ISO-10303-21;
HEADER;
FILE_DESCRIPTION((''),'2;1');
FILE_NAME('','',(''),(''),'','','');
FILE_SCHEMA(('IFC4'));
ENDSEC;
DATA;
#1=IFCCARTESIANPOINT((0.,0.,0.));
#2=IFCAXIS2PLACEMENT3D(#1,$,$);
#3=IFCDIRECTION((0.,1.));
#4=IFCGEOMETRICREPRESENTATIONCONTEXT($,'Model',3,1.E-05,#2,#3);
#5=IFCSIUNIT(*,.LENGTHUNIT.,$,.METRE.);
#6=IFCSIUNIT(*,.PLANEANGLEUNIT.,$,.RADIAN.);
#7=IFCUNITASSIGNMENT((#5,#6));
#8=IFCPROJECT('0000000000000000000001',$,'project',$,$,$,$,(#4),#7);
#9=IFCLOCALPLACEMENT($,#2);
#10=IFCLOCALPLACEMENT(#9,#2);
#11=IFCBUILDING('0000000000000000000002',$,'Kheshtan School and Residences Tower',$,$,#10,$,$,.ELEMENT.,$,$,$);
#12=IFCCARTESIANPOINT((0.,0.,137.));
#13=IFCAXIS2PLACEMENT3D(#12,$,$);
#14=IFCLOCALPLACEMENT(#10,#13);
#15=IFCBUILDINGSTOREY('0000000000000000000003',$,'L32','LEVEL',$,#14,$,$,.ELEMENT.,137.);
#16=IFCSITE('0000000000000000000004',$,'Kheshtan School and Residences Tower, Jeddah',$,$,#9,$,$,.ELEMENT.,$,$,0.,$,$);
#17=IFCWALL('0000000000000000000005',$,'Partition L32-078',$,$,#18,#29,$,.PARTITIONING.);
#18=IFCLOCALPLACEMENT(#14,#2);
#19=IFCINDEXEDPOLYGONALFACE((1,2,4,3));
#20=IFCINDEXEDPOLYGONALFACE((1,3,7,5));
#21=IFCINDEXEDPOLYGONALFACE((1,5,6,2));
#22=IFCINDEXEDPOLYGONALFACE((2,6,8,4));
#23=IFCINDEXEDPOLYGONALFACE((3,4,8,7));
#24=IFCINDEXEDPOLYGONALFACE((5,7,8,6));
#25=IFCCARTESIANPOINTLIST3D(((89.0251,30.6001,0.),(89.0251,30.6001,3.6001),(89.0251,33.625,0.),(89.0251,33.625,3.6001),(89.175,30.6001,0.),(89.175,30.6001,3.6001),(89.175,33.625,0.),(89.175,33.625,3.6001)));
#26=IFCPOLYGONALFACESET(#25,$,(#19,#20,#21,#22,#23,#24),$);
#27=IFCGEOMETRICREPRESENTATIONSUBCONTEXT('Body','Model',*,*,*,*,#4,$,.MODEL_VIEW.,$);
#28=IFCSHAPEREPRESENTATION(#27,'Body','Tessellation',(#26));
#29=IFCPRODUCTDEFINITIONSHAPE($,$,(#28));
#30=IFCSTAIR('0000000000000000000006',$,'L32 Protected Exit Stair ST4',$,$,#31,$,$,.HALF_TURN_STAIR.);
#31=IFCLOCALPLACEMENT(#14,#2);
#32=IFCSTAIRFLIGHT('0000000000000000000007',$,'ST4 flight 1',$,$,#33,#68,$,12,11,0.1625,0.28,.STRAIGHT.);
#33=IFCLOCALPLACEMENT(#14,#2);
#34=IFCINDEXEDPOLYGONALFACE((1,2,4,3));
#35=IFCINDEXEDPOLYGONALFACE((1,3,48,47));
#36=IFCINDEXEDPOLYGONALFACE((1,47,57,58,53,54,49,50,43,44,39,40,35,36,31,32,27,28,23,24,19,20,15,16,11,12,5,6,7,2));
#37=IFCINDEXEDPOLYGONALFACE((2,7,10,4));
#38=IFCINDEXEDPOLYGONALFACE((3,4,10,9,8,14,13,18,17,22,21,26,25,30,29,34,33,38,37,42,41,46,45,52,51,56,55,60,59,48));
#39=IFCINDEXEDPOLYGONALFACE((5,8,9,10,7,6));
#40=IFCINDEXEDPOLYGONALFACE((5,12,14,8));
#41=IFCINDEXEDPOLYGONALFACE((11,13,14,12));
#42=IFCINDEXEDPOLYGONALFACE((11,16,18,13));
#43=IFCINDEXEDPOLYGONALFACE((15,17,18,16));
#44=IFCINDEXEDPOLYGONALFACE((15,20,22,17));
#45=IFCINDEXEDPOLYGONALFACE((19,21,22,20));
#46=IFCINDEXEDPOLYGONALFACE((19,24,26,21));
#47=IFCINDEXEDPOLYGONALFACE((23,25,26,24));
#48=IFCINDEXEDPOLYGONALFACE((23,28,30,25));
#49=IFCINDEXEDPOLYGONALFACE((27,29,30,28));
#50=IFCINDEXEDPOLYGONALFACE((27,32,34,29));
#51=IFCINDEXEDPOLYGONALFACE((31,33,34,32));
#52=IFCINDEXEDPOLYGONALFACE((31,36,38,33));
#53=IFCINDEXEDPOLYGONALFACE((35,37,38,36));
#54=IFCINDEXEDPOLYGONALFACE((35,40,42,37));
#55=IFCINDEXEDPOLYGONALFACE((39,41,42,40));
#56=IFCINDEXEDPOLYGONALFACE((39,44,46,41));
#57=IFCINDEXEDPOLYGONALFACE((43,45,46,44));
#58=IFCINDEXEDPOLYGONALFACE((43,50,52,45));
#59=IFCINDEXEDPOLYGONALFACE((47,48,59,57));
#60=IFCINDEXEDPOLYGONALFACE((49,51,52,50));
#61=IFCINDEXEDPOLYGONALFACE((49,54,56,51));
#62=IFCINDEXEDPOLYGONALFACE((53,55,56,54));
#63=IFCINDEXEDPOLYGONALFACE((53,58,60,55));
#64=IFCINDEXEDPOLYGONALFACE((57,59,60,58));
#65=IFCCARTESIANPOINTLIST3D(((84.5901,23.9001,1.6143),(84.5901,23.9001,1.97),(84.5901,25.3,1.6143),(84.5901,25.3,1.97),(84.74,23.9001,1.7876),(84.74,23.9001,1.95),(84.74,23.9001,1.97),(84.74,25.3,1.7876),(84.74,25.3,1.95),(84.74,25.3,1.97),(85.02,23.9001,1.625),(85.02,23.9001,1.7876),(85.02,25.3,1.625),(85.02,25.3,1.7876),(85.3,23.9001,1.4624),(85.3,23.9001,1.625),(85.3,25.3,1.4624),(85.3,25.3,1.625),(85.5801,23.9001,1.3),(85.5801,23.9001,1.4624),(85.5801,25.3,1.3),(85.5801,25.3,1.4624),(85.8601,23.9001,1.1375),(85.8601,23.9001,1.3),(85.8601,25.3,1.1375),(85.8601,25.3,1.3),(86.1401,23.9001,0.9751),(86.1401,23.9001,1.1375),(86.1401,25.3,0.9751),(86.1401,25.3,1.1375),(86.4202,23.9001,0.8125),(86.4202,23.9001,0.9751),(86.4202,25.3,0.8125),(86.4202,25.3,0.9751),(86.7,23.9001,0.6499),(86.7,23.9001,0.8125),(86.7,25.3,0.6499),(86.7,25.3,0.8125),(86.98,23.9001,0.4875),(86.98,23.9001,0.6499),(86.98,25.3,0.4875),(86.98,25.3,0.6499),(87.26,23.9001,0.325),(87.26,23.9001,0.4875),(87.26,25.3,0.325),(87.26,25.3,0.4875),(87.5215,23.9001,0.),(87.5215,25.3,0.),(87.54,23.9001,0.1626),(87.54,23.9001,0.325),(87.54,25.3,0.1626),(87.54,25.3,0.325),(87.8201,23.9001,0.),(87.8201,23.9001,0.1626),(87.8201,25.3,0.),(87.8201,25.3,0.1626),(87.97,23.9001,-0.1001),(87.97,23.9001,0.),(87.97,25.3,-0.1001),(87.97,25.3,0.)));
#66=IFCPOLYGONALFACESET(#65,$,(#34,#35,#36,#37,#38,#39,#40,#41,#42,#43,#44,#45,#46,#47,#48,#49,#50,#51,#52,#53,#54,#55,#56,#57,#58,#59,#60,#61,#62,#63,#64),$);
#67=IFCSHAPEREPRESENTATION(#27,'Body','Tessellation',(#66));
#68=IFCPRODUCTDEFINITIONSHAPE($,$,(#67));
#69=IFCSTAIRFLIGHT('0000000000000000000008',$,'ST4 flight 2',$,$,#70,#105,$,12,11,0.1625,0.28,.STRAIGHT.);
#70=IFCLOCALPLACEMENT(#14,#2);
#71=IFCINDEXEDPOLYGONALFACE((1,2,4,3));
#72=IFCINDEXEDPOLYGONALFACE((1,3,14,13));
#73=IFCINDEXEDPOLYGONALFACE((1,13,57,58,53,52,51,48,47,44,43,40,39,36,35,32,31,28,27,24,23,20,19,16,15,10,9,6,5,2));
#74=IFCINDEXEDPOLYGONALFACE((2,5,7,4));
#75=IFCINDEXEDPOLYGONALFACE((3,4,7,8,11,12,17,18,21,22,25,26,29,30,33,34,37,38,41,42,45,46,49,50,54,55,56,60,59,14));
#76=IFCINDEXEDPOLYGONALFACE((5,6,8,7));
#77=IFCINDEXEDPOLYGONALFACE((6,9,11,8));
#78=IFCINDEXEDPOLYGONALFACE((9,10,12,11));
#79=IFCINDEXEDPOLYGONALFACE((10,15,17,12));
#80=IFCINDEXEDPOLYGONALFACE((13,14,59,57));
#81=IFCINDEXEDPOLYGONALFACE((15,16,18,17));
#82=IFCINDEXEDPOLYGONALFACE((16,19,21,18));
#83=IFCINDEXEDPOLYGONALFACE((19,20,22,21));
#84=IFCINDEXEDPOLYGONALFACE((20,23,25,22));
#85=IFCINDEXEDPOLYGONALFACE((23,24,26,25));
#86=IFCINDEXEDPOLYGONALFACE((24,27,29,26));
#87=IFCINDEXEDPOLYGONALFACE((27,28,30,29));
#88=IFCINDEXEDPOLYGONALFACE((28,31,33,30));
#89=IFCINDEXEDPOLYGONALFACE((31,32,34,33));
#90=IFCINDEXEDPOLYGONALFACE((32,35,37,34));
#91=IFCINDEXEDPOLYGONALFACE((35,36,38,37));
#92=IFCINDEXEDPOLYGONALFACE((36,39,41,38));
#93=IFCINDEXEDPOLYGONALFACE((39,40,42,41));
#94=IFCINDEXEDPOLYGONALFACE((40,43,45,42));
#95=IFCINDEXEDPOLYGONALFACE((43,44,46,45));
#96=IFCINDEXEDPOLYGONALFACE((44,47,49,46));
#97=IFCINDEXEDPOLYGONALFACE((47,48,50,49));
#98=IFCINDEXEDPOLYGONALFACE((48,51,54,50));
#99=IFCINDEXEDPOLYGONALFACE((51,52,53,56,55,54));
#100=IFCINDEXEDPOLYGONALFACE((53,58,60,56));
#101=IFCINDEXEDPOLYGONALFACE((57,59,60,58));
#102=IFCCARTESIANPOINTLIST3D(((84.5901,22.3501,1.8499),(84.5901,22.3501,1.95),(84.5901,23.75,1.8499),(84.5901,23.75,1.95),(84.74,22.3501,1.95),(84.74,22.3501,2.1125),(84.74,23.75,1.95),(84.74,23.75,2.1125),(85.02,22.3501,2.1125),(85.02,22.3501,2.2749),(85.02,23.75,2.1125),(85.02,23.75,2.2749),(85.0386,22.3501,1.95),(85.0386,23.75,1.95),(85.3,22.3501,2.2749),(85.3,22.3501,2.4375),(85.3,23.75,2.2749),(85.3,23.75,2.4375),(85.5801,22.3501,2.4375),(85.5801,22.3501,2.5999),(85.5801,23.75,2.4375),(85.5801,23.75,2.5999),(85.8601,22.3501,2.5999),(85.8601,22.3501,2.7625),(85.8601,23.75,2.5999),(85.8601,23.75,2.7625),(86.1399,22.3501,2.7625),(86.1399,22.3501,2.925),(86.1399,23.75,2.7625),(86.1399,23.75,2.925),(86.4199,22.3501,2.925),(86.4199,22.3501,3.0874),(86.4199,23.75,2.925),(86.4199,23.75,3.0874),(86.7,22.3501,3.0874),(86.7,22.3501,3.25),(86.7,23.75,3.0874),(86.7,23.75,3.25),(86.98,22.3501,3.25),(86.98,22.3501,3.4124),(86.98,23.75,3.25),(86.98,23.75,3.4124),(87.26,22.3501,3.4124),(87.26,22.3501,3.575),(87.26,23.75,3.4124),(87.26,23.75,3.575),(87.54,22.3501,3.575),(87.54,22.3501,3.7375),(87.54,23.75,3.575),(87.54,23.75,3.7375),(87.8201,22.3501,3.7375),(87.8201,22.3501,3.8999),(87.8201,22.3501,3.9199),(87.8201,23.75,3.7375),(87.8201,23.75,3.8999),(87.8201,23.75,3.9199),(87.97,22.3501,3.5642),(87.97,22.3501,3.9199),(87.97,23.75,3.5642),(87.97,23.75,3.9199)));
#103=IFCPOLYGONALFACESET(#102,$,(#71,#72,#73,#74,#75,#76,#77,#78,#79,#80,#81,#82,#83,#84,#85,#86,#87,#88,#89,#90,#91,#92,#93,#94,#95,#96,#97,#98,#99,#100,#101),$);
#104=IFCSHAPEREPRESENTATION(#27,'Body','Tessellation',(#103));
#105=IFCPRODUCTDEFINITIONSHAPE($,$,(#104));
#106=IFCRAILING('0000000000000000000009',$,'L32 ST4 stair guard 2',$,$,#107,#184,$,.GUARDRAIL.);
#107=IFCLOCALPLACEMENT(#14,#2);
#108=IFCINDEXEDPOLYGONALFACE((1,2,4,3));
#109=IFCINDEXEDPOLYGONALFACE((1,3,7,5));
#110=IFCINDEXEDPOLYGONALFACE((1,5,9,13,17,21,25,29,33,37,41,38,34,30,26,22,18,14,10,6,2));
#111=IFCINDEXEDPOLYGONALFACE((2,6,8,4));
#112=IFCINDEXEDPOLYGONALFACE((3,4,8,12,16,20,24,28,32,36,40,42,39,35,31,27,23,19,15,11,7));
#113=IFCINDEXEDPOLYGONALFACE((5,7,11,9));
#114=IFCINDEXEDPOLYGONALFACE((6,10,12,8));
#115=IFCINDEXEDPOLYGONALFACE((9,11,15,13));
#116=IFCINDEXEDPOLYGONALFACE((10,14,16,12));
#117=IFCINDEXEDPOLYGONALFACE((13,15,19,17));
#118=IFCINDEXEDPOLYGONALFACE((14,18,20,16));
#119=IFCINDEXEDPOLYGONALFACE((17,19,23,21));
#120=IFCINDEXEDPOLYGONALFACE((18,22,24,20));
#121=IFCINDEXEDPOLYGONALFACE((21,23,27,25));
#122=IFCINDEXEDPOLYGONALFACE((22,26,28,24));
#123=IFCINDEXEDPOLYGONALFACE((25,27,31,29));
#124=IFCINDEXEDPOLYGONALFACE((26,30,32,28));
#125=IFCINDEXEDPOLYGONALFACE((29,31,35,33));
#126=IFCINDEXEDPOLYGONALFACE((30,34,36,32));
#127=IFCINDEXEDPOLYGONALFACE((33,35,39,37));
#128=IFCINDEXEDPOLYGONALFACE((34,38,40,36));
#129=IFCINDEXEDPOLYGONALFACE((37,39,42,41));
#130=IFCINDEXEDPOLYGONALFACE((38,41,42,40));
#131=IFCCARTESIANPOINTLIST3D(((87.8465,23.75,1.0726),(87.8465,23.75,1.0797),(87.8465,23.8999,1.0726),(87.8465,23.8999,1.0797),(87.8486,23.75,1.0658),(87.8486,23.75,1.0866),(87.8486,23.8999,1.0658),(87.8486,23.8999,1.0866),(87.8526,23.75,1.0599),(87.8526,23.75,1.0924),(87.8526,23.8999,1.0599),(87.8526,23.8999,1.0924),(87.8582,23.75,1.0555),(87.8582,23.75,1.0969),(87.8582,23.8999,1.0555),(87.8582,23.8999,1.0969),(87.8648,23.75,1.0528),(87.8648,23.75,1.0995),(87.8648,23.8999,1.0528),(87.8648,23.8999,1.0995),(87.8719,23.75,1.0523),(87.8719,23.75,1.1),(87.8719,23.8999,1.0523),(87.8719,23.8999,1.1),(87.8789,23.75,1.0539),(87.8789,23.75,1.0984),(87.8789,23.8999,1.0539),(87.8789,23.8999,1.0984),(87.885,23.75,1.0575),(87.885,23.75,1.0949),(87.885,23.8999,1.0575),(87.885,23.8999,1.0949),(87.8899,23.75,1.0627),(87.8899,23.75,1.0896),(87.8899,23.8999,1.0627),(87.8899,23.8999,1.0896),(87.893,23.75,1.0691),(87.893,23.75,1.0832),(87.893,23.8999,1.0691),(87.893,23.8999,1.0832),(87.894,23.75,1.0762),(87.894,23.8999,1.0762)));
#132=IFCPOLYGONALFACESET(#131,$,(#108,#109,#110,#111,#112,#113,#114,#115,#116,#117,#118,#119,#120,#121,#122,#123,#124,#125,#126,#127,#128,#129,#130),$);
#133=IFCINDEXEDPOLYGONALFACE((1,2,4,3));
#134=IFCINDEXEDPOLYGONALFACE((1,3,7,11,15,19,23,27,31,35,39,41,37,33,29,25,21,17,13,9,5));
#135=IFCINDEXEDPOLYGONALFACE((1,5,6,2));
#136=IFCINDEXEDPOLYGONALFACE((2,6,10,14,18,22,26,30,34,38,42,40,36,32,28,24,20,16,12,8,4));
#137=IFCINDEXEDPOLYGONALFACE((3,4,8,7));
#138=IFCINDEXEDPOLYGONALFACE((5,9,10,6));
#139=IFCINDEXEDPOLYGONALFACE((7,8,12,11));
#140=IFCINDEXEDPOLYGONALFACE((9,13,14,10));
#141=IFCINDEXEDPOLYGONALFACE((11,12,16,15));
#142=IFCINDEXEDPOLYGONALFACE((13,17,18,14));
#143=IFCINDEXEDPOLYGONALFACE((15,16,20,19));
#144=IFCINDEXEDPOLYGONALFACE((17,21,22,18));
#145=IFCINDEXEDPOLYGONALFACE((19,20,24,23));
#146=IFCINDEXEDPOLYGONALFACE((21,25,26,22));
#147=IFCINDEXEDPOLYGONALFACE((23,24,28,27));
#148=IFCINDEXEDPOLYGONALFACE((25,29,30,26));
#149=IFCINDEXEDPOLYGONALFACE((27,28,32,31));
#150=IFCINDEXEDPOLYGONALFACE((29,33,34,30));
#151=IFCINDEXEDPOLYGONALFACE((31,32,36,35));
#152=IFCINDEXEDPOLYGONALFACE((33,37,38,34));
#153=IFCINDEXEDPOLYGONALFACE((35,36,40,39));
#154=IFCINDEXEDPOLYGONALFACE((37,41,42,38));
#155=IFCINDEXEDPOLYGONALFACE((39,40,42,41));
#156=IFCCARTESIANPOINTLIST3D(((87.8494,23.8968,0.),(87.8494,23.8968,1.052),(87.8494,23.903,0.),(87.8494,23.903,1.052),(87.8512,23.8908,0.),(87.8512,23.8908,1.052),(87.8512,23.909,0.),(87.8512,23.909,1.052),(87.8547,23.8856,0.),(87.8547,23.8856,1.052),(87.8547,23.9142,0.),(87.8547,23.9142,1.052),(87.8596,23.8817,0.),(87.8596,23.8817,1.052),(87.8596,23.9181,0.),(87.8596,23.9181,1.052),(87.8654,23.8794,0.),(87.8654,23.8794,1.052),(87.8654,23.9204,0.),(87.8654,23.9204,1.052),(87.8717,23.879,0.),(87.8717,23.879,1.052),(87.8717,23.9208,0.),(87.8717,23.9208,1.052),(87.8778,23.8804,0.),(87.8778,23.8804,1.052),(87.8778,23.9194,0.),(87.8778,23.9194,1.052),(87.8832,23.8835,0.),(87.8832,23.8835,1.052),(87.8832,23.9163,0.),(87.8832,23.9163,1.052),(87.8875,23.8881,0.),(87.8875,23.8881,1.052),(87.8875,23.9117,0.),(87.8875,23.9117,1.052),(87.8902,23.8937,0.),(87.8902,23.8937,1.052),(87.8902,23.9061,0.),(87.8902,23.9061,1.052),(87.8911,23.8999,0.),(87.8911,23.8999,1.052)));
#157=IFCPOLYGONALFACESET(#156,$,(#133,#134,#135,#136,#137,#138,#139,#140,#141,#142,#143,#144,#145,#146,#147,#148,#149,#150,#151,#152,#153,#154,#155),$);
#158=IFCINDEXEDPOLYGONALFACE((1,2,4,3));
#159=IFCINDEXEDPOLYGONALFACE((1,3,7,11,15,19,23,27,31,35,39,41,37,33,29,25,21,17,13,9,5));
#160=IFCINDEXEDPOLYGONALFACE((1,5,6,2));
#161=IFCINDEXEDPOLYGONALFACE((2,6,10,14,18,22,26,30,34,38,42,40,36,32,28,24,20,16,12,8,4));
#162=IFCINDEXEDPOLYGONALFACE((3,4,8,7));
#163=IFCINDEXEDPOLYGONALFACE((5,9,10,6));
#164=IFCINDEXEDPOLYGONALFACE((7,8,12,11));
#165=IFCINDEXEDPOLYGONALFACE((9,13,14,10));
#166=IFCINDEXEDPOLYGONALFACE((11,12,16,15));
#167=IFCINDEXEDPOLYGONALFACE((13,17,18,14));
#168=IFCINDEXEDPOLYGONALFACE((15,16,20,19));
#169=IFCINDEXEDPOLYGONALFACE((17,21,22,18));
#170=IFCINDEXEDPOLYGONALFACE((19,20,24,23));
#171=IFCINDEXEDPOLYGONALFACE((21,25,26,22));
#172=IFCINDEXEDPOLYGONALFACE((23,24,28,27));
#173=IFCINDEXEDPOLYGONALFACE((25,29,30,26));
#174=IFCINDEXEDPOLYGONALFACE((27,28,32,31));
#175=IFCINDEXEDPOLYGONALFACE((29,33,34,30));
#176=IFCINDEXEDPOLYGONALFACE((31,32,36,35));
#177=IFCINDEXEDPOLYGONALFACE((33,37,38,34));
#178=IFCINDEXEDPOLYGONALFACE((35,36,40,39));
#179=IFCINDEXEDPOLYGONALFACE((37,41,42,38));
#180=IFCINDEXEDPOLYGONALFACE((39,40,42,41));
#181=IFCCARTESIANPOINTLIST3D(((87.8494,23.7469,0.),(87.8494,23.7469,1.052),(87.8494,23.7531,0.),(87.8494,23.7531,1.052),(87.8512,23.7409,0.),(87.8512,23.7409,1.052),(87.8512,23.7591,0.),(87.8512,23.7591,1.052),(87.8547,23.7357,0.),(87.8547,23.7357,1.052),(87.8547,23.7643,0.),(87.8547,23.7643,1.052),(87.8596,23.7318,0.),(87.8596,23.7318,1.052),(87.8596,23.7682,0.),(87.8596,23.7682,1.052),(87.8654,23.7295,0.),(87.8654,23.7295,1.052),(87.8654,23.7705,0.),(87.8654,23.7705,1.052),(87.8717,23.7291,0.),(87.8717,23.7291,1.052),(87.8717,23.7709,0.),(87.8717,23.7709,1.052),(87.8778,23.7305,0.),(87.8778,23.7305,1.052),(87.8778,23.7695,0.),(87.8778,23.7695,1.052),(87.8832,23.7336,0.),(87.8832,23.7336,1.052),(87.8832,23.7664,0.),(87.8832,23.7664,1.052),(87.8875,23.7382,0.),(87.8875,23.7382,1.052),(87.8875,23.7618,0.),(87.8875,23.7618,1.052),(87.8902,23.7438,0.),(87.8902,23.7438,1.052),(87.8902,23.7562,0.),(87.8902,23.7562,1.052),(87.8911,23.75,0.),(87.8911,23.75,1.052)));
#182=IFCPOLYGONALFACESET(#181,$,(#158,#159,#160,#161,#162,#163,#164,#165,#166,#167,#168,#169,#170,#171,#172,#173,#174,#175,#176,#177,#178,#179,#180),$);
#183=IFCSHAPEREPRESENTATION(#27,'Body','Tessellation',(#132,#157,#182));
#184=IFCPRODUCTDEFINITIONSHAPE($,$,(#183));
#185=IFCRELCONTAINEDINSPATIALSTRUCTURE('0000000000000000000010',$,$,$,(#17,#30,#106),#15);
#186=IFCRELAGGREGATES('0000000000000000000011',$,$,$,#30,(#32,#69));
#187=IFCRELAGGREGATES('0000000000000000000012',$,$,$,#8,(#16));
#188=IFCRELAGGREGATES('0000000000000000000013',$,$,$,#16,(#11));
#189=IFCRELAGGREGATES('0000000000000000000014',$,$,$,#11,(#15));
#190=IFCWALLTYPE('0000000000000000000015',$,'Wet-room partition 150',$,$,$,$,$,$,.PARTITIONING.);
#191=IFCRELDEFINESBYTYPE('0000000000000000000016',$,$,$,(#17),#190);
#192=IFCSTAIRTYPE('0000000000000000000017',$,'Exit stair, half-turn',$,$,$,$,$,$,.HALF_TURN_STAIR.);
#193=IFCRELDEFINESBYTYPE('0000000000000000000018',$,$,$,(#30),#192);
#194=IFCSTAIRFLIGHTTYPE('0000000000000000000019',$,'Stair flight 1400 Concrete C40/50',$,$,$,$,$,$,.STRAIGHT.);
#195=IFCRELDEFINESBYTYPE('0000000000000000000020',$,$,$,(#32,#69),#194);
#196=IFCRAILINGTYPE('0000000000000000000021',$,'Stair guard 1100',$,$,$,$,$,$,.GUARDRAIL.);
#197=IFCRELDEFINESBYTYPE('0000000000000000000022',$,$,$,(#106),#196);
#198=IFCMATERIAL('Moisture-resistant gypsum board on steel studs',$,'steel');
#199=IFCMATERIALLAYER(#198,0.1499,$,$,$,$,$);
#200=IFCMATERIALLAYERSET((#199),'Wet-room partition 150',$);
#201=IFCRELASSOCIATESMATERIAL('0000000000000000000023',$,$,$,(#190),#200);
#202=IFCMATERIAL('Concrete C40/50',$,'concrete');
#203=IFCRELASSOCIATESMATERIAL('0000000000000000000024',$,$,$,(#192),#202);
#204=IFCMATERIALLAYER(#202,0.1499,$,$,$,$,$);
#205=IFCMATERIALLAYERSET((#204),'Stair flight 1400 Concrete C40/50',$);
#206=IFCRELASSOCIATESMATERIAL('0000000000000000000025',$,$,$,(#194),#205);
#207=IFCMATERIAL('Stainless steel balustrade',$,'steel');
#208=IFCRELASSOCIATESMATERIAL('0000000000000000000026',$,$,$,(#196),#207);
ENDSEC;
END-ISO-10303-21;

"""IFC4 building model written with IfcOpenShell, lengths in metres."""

from ifc_helpers import new_model, si_unit, direction, frame, frame_2d, origin, origin_2d, place, context, subcontext, project, spatial, polyline, rectangle, circle, outline, extrude, material, layer, layer_set, type_object, element, aggregate, save


model = new_model("IFC4")

# Units and contexts
model_context = context("Model", 3, precision=1e-05, world=origin(), true_north=direction((0.0, 1.0)))
body_context = subcontext(model_context, "Body", "Model", "MODEL_VIEW")
ifc_project = project(units=[si_unit("LENGTHUNIT", "METRE"), si_unit("PLANEANGLEUNIT", "RADIAN")], contexts=[model_context])

# Site, building, storey
site_placement = place(None, origin())
site = spatial("IfcSite", under=ifc_project, at=site_placement, Name="Kheshtan School and Residences Tower, Jeddah", CompositionType="ELEMENT", RefElevation=0.0)
building_placement = place(site_placement, origin())
building = spatial("IfcBuilding", under=site, at=building_placement, Name="Kheshtan School and Residences Tower", CompositionType="ELEMENT")
storey_placement = place(building_placement, frame((0.0, 0.0, 137.0)))
storey = spatial("IfcBuildingStorey", under=building, at=storey_placement, Name="L32", Description="LEVEL", CompositionType="ELEMENT", Elevation=137.0)

# Shared definitions
ifc_material_1 = material(Name="Concrete C40/50", Category="concrete")

# Wall
ifc_material_2 = material(Name="Moisture-resistant gypsum board on steel studs", Category="steel")
ifc_layer_1 = layer(ifc_material_2, 0.1499)
ifc_layer_set_1 = layer_set([ifc_layer_1], Name="Wet-room partition 150")
wall_type_1 = type_object("IfcWallType", Name="Wet-room partition 150", PredefinedType="PARTITIONING", material=ifc_layer_set_1)
for number, where, z_axis, x_axis, name in (
    (1, (89.1001, 30.6001, 0.0), (0.0, 0.0, 1.0), (0.0, 1.0, 0.0), "Partition L32-078"),
):
    element("IfcWall", number, at=place(storey_placement, frame(where, z_axis=z_axis, x_axis=x_axis)), inside=storey, type_object=wall_type_1, Name=name, PredefinedType="PARTITIONING", context=body_context, shape_type="SweptSolid", body=[
        extrude(rectangle(XDim=3.0249, YDim=0.1499, at=frame_2d((1.5125, 0.0))), origin(), (0.0, 0.0, 1.0), 3.6001),
    ])

# Stair, stair flights
stair_type = type_object("IfcStairType", Name="Exit stair, half-turn", PredefinedType="HALF_TURN_STAIR", material=ifc_material_1)
stair_placement = place(storey_placement, origin())
stair = element("IfcStair", 2, at=stair_placement, inside=storey, type_object=stair_type, Name="L32 Protected Exit Stair ST4", PredefinedType="HALF_TURN_STAIR")
ifc_layer_2 = layer(ifc_material_1, 0.1499)
ifc_layer_set_2 = layer_set([ifc_layer_2], Name="Stair flight 1400 Concrete C40/50")
stair_flight_type = type_object("IfcStairFlightType", Name="Stair flight 1400 Concrete C40/50", PredefinedType="STRAIGHT", material=ifc_layer_set_2)
stair_flight_1_placement = place(storey_placement, frame((87.8201, 24.6001, 0.0), z_axis=(0.0, 0.0, 1.0), x_axis=(-1.0, 0.0, 0.0)))
stair_flight_1 = element("IfcStairFlight", 3, at=stair_flight_1_placement, type_object=stair_flight_type, Name="ST4 flight 1", NumberOfRisers=12, NumberOfTreads=11, PredefinedType="STRAIGHT", RiserHeight=0.1625, TreadLength=0.28, context=body_context, shape_type="SweptSolid", body=[
    extrude(outline(polyline([(-0.1499, -0.1001), (-0.1499, 0.0), (0.0, 0.0), (0.0, 0.1626), (0.28, 0.1626), (0.28, 0.325), (0.5601, 0.325), (0.5601, 0.4875), (0.8401, 0.4875), (0.8401, 0.6499), (1.1201, 0.6499), (1.1201, 0.8125), (1.3999, 0.8125), (1.3999, 0.9751), (1.6799, 0.9751), (1.6799, 1.1375), (1.96, 1.1375), (1.96, 1.3), (2.24, 1.3), (2.24, 1.4624), (2.52, 1.4624), (2.52, 1.625), (2.8, 1.625), (2.8, 1.7876), (3.0801, 1.7876), (3.0801, 1.95), (3.0801, 1.97), (3.23, 1.97), (3.23, 1.6143), (0.2986, 0.0), (-0.1499, -0.1001)])), frame((0.0, 0.7, 0.0), z_axis=(0.0, -1.0, 0.0), x_axis=(1.0, 0.0, 0.0)), (0.0, 0.0, 1.0), 1.3999),
])
stair_flight_2_placement = place(storey_placement, frame((84.74, 23.05, 1.95), z_axis=(0.0, 0.0, 1.0), x_axis=(1.0, 0.0, 0.0)))
stair_flight_2 = element("IfcStairFlight", 4, at=stair_flight_2_placement, type_object=stair_flight_type, Name="ST4 flight 2", NumberOfRisers=12, NumberOfTreads=11, PredefinedType="STRAIGHT", RiserHeight=0.1625, TreadLength=0.28, context=body_context, shape_type="SweptSolid", body=[
    extrude(outline(polyline([(-0.1499, -0.1001), (-0.1499, 0.0), (0.0, 0.0), (0.0, 0.1626), (0.28, 0.1626), (0.28, 0.325), (0.5601, 0.325), (0.5601, 0.4875), (0.8401, 0.4875), (0.8401, 0.6499), (1.1201, 0.6499), (1.1201, 0.8125), (1.3999, 0.8125), (1.3999, 0.9751), (1.6799, 0.9751), (1.6799, 1.1375), (1.96, 1.1375), (1.96, 1.3), (2.24, 1.3), (2.24, 1.4624), (2.52, 1.4624), (2.52, 1.625), (2.8, 1.625), (2.8, 1.7876), (3.0801, 1.7876), (3.0801, 1.95), (3.0801, 1.97), (3.23, 1.97), (3.23, 1.6143), (0.2986, 0.0), (-0.1499, -0.1001)])), frame((0.0, 0.7, 0.0), z_axis=(0.0, -1.0, 0.0), x_axis=(1.0, 0.0, 0.0)), (0.0, 0.0, 1.0), 1.3999),
])
aggregate(stair, [stair_flight_1, stair_flight_2])

# Railing
ifc_material_3 = material(Name="Stainless steel balustrade", Category="steel")
railing_type_1 = type_object("IfcRailingType", Name="Stair guard 1100", PredefinedType="GUARDRAIL", material=ifc_material_3)
railing_1_placement = place(storey_placement, frame((87.8701, 23.8999, 0.0)))
element("IfcRailing", 5, at=railing_1_placement, inside=storey, type_object=railing_type_1, Name="L32 ST4 stair guard 2", PredefinedType="GUARDRAIL", context=body_context, shape_type="SweptSolid", body=[
    extrude(circle(Radius=0.0239, at=origin_2d()), frame((0.0, 0.0, 1.0762), z_axis=(0.0, -1.0, 0.0), x_axis=(1.0, 0.0, 0.0)), (0.0, 0.0, 1.0), 0.1499),
    extrude(circle(Radius=0.021, at=origin_2d()), origin(), (0.0, 0.0, 1.0), 1.052),
    extrude(circle(Radius=0.021, at=origin_2d()), frame((0.0, -0.1499, 0.0)), (0.0, 0.0, 1.0), 1.052),
])

save(model, "model.ifc")
